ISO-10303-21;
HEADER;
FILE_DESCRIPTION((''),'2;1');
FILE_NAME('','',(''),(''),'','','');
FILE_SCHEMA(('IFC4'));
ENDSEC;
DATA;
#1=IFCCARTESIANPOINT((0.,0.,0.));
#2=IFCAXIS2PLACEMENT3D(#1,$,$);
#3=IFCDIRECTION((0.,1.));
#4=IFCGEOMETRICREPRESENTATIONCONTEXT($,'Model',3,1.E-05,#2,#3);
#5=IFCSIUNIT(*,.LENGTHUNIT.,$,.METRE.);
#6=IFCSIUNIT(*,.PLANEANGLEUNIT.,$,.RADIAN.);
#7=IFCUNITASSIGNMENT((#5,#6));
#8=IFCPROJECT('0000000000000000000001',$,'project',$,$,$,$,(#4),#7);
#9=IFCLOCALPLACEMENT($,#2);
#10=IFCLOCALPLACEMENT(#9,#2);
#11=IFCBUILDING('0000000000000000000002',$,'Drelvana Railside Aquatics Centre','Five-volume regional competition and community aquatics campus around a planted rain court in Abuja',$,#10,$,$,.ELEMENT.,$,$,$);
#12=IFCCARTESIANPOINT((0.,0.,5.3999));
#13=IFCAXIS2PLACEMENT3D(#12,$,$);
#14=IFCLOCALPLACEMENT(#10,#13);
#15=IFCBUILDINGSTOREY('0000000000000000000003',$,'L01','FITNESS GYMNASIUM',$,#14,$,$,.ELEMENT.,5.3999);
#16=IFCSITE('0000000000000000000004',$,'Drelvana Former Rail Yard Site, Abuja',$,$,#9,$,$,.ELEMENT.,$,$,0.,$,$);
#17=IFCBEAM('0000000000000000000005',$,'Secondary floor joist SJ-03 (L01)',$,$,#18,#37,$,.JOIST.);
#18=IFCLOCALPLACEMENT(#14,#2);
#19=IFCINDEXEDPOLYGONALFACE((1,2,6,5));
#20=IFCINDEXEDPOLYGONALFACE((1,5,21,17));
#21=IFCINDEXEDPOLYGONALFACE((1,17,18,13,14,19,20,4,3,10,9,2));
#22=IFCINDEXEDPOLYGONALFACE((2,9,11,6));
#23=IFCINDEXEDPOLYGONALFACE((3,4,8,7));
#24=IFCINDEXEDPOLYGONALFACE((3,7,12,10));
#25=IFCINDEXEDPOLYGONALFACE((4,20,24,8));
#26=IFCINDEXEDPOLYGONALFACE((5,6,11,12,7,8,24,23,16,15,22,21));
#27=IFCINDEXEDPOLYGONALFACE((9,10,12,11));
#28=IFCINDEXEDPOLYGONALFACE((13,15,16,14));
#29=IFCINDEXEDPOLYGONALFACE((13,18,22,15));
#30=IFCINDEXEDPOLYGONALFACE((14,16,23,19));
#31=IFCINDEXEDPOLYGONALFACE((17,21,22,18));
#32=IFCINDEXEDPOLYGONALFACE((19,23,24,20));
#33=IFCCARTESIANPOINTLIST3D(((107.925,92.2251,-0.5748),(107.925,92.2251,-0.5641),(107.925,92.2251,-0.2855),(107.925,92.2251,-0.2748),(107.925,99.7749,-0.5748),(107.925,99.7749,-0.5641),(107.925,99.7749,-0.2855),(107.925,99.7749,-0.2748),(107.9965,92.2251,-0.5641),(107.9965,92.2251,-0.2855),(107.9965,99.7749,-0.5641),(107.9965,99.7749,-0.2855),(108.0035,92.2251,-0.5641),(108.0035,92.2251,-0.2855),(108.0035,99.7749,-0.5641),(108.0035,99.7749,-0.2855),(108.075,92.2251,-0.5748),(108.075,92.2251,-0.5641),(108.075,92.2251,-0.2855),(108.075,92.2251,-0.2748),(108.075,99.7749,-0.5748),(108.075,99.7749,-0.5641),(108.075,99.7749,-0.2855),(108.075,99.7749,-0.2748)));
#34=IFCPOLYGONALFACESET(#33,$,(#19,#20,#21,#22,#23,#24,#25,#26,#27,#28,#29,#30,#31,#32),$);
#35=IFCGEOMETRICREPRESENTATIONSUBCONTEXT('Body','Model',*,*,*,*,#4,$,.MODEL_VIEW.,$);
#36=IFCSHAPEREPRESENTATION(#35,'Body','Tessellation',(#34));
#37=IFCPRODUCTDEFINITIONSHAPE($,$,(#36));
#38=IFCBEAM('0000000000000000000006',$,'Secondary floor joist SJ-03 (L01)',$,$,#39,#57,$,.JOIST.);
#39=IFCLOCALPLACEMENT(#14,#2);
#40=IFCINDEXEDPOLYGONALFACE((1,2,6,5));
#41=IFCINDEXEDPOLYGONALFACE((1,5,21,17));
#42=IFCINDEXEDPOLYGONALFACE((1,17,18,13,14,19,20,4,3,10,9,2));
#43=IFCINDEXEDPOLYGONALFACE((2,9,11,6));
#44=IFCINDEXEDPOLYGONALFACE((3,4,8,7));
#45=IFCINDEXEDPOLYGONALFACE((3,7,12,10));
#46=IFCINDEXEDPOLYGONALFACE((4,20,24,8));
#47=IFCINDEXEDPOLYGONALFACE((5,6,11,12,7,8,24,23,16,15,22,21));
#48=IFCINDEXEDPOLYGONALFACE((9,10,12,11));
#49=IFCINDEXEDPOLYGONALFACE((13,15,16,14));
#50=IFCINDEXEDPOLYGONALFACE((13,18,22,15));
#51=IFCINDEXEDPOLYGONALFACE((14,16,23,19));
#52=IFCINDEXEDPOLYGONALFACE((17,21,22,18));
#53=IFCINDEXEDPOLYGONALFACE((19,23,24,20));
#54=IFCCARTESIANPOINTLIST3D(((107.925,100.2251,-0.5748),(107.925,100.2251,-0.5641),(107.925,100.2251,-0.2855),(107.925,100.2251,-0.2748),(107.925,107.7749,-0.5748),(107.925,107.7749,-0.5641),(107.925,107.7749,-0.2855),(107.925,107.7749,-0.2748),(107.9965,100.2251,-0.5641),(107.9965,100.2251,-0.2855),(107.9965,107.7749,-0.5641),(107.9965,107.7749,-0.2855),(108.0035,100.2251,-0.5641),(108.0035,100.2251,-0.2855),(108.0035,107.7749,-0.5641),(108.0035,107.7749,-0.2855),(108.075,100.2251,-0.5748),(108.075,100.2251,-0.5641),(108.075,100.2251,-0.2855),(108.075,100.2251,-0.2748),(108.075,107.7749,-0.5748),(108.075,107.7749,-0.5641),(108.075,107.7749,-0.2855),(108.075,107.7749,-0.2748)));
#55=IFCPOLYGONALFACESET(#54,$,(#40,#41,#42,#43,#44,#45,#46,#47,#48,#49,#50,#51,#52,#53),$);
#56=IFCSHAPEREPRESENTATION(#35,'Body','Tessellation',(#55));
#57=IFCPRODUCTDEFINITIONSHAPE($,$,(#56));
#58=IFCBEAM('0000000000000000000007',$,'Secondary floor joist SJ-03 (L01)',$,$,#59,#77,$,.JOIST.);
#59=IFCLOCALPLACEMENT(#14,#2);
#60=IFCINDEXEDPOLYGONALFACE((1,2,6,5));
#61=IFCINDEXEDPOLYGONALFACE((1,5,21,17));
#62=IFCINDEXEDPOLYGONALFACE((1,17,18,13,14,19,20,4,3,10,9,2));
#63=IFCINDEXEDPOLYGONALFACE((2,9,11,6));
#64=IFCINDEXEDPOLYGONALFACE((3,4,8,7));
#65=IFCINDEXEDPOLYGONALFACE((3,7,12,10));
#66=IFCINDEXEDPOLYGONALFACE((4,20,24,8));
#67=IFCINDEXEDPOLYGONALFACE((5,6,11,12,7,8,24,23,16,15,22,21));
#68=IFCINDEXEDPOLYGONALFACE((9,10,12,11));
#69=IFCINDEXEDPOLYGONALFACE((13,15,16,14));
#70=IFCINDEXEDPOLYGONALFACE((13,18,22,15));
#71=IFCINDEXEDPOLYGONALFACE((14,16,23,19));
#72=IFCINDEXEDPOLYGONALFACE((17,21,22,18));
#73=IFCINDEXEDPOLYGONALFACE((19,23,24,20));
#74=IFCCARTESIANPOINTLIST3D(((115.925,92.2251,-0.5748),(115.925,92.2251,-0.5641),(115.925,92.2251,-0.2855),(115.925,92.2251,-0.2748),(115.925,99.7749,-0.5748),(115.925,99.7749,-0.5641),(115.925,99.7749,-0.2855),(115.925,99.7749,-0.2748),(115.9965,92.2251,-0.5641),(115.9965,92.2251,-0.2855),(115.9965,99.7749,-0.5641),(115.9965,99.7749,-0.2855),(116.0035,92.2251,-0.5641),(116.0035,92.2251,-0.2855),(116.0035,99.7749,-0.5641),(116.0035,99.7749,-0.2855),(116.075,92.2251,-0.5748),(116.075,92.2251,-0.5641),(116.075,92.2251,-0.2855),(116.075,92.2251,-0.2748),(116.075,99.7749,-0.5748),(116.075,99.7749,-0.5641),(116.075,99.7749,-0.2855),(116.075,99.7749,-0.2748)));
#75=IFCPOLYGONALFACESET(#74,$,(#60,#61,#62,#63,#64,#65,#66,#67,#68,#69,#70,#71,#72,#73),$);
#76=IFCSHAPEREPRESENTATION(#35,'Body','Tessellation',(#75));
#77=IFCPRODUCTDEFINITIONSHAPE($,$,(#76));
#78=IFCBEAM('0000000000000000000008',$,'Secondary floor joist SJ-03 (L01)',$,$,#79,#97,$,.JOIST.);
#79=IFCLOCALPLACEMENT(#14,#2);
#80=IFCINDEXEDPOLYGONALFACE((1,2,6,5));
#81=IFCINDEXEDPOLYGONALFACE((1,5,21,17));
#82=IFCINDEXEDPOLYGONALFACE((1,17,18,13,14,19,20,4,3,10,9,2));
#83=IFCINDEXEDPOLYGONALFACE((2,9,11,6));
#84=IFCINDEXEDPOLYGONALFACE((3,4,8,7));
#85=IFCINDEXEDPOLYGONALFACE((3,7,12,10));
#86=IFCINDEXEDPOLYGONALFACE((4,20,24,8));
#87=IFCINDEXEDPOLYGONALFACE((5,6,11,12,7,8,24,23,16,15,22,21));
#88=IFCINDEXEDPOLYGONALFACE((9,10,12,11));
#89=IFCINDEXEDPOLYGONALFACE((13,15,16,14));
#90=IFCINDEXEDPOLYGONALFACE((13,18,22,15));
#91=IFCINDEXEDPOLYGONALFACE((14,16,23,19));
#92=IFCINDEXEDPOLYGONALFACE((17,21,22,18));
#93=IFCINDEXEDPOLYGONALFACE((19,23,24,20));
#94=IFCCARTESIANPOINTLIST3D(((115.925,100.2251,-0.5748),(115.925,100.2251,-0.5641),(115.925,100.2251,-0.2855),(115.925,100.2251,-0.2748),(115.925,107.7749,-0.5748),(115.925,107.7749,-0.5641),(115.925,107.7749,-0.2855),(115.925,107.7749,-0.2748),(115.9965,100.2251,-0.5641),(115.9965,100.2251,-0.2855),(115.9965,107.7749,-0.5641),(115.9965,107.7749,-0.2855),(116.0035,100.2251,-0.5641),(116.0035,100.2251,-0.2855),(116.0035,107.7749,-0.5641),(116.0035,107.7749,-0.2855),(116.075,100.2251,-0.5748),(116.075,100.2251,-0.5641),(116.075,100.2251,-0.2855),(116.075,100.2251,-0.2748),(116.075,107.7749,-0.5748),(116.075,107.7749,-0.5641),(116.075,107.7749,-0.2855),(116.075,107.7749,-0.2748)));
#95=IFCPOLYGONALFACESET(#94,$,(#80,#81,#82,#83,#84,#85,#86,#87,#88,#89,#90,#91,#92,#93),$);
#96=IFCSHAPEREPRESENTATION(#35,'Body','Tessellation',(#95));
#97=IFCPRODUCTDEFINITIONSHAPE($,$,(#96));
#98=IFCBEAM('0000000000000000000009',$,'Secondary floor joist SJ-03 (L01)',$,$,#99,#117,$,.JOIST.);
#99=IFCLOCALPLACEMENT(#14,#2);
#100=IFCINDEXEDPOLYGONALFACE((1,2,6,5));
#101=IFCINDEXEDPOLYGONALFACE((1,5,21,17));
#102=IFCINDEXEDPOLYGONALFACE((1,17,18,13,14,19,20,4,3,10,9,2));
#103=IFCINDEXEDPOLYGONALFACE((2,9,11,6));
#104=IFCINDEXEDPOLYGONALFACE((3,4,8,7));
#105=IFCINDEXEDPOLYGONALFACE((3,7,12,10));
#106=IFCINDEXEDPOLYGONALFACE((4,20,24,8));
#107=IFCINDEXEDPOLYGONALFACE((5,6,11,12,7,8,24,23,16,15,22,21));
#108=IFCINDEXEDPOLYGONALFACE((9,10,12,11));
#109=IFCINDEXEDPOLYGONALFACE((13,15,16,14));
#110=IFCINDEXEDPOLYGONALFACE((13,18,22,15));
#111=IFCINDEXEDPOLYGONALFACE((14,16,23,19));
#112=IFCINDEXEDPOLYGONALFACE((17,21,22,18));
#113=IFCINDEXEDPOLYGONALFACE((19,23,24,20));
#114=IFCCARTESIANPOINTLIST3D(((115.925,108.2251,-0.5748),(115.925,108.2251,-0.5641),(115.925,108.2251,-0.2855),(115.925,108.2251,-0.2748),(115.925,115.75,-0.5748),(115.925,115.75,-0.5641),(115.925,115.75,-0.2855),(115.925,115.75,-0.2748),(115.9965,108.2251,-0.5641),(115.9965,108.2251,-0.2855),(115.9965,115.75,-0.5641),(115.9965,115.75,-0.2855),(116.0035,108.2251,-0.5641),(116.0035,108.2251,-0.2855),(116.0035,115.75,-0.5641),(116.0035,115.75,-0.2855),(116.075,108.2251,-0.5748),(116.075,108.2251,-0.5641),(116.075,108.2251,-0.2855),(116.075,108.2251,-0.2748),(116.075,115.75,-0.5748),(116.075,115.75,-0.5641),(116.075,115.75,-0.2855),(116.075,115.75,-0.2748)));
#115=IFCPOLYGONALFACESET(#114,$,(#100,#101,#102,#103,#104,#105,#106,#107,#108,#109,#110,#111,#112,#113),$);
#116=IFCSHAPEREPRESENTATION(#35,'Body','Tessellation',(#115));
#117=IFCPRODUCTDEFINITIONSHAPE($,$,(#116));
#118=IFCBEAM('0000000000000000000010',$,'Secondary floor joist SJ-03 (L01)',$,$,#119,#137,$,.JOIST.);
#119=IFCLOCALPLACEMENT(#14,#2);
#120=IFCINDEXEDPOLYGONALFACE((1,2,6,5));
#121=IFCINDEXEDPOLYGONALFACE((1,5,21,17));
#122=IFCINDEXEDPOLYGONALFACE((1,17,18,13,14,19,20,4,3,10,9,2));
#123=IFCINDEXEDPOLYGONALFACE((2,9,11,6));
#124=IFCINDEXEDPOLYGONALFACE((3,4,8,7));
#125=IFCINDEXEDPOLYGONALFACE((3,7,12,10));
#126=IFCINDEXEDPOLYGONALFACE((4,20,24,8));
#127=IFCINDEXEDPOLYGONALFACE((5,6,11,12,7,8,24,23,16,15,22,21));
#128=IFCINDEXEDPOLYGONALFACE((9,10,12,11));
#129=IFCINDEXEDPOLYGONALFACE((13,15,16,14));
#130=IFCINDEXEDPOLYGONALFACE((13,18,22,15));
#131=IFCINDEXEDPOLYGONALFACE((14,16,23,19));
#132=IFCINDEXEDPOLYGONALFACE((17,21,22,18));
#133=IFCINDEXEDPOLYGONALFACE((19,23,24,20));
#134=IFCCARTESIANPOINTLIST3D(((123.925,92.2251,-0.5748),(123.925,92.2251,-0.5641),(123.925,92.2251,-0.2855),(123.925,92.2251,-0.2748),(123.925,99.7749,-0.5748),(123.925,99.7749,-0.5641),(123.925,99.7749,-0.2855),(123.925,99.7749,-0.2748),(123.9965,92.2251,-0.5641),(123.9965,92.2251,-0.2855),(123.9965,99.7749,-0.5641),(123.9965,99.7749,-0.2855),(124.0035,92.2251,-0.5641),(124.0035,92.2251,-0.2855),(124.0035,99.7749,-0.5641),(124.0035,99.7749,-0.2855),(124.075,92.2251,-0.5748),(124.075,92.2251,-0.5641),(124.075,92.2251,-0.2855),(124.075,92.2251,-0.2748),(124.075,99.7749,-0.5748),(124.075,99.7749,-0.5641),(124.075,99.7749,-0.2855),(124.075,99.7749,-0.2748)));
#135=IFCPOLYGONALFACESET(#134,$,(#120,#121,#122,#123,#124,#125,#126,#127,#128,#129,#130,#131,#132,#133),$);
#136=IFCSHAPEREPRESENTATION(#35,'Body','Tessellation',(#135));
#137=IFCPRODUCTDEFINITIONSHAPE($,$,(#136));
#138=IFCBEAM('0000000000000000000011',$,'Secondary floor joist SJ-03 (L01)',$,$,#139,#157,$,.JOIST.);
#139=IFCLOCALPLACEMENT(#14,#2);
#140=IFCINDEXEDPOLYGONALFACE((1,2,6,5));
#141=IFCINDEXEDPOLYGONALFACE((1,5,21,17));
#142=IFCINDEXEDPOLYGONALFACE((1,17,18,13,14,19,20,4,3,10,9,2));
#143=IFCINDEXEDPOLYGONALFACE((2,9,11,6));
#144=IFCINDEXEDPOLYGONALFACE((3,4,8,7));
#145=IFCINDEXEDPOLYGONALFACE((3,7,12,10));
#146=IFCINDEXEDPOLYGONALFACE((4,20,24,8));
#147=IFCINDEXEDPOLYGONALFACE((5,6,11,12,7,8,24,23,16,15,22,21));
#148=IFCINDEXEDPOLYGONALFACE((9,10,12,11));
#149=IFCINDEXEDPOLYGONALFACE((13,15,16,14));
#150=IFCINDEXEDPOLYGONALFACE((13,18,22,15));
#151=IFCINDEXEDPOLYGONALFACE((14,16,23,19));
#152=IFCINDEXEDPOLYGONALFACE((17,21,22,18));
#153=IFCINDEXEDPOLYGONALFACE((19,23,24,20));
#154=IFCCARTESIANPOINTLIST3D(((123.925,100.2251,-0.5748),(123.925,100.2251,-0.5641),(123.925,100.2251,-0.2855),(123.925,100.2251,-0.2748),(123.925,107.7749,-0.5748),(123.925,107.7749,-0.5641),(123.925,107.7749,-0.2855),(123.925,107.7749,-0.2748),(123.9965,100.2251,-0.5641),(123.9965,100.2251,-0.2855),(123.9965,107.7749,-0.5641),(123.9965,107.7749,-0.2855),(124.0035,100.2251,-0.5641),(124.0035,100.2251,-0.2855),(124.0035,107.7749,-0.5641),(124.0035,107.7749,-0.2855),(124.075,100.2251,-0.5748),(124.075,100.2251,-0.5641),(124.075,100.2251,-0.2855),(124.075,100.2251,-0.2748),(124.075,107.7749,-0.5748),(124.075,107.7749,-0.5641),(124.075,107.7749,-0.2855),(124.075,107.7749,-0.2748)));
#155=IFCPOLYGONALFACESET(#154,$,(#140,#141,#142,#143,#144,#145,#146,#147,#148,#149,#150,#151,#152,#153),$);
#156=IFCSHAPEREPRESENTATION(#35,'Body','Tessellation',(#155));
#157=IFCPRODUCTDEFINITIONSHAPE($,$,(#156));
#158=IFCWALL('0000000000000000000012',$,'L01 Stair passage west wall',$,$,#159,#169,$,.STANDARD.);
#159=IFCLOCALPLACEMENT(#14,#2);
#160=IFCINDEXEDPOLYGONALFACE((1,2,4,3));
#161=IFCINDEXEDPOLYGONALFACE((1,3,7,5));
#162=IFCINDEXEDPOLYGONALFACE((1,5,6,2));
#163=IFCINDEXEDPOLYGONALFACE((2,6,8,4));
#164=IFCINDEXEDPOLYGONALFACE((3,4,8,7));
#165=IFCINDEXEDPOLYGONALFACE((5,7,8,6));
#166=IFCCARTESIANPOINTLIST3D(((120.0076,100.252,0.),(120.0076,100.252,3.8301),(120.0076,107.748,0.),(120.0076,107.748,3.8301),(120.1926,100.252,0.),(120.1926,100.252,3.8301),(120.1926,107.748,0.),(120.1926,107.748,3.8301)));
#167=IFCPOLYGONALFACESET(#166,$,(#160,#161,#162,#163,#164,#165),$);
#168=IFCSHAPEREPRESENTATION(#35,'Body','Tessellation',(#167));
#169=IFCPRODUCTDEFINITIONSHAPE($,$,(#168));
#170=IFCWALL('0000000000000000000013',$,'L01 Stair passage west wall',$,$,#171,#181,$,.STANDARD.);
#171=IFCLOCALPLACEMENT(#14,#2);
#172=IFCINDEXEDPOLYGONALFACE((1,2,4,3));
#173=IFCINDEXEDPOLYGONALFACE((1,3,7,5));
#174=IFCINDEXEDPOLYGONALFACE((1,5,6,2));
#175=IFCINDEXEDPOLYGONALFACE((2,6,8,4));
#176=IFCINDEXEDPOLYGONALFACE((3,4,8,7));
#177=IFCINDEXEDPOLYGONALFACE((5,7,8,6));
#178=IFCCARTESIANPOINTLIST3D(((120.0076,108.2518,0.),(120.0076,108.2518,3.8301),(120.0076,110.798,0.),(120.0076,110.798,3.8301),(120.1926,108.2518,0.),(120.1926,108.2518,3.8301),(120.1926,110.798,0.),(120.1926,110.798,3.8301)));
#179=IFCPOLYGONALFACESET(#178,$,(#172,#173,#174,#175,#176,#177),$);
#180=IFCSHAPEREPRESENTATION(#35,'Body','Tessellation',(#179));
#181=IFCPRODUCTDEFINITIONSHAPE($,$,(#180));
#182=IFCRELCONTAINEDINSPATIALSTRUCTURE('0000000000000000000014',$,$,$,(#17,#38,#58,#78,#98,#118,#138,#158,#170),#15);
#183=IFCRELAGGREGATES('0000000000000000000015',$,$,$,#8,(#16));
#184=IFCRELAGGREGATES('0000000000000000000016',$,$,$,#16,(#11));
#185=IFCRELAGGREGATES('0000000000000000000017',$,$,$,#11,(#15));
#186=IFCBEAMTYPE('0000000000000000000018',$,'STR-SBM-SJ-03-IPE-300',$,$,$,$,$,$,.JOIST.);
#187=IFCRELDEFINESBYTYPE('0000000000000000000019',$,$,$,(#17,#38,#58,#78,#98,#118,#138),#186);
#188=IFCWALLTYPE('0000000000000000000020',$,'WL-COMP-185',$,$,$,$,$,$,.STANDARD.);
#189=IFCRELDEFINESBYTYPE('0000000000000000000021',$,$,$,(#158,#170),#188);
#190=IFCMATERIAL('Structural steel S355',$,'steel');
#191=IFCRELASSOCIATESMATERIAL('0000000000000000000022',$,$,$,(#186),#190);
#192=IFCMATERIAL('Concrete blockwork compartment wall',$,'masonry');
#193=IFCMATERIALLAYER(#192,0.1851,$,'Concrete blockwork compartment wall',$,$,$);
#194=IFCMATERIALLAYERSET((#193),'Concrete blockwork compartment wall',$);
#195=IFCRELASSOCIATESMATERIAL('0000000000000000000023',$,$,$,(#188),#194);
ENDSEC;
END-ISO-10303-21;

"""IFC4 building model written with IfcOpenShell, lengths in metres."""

from ifc_helpers import new_model, si_unit, direction, frame, frame_2d, origin, origin_2d, place, context, subcontext, project, spatial, rectangle, i_section, extrude, material, layer, layer_set, material_profile, profile_set, type_object, element, save


model = new_model("IFC4")

# Units and contexts
model_context = context("Model", 3, precision=1e-05, world=origin(), true_north=direction((0.0, 1.0)))
body_context = subcontext(model_context, "Body", "Model", "MODEL_VIEW")
ifc_project = project(units=[si_unit("LENGTHUNIT", "METRE"), si_unit("PLANEANGLEUNIT", "RADIAN")], contexts=[model_context])

# Site, building, storey
site_placement = place(None, origin())
site = spatial("IfcSite", under=ifc_project, at=site_placement, Name="Drelvana Former Rail Yard Site, Abuja", CompositionType="ELEMENT", RefElevation=0.0)
building_placement = place(site_placement, origin())
building = spatial("IfcBuilding", under=site, at=building_placement, Name="Drelvana Railside Aquatics Centre", Description="Five-volume regional competition and community aquatics campus around a planted rain court in Abuja", CompositionType="ELEMENT")
storey_placement = place(building_placement, frame((0.0, 0.0, 5.3999)))
storey = spatial("IfcBuildingStorey", under=building, at=storey_placement, Name="L01", Description="FITNESS GYMNASIUM", CompositionType="ELEMENT", Elevation=5.3999)

# Beams
ifc_material_1 = material(Name="Structural steel S355", Category="steel")
ifc_material_profile_1 = material_profile(ifc_material_1, i_section(OverallWidth=0.1499, OverallDepth=0.3, WebThickness=0.0071, FlangeThickness=0.0107, at=origin_2d()), Name="IPE 300")
ifc_profile_set_1 = profile_set([ifc_material_profile_1], Name="Structural steel S355")
beam_type_1 = type_object("IfcBeamType", Name="STR-SBM-SJ-03-IPE-300", PredefinedType="JOIST", material=ifc_profile_set_1)
for number, where, z_axis, x_axis, name in (
    (1, (108.0, 92.2251, -0.4248), (0.0, 1.0, 0.0), (-1.0, 0.0, 0.0), "Secondary floor joist SJ-03 (L01)"),
    (2, (108.0, 100.2251, -0.4248), (0.0, 1.0, 0.0), (-1.0, 0.0, 0.0), "Secondary floor joist SJ-03 (L01)"),
    (3, (116.0, 92.2251, -0.4248), (0.0, 1.0, 0.0), (-1.0, 0.0, 0.0), "Secondary floor joist SJ-03 (L01)"),
    (4, (116.0, 100.2251, -0.4248), (0.0, 1.0, 0.0), (-1.0, 0.0, 0.0), "Secondary floor joist SJ-03 (L01)"),
):
    element("IfcBeam", number, at=place(storey_placement, frame(where, z_axis=z_axis, x_axis=x_axis)), inside=storey, type_object=beam_type_1, Name=name, PredefinedType="JOIST", context=body_context, shape_type="SweptSolid", body=[
        extrude(i_section(OverallWidth=0.1499, OverallDepth=0.3, WebThickness=0.0071, FlangeThickness=0.0107, at=origin_2d()), origin(), (0.0, 0.0, 1.0), 7.5498),
    ])
beam_placement = place(storey_placement, frame((116.0, 108.2251, -0.4248), z_axis=(0.0, 1.0, 0.0), x_axis=(-1.0, 0.0, 0.0)))
element("IfcBeam", 5, at=beam_placement, inside=storey, type_object=beam_type_1, Name="Secondary floor joist SJ-03 (L01)", PredefinedType="JOIST", context=body_context, shape_type="SweptSolid", body=[
    extrude(i_section(OverallWidth=0.1499, OverallDepth=0.3, WebThickness=0.0071, FlangeThickness=0.0107, at=origin_2d()), origin(), (0.0, 0.0, 1.0), 7.5249),
])
for number, where, z_axis, x_axis, name in (
    (6, (124.0, 92.2251, -0.4248), (0.0, 1.0, 0.0), (-1.0, 0.0, 0.0), "Secondary floor joist SJ-03 (L01)"),
    (7, (124.0, 100.2251, -0.4248), (0.0, 1.0, 0.0), (-1.0, 0.0, 0.0), "Secondary floor joist SJ-03 (L01)"),
):
    element("IfcBeam", number, at=place(storey_placement, frame(where, z_axis=z_axis, x_axis=x_axis)), inside=storey, type_object=beam_type_1, Name=name, PredefinedType="JOIST", context=body_context, shape_type="SweptSolid", body=[
        extrude(i_section(OverallWidth=0.1499, OverallDepth=0.3, WebThickness=0.0071, FlangeThickness=0.0107, at=origin_2d()), origin(), (0.0, 0.0, 1.0), 7.5498),
    ])

# Walls
ifc_material_2 = material(Name="Concrete blockwork compartment wall", Category="masonry")
ifc_layer_1 = layer(ifc_material_2, 0.1851, Name="Concrete blockwork compartment wall")
ifc_layer_set_1 = layer_set([ifc_layer_1], Name="Concrete blockwork compartment wall")
wall_type_1 = type_object("IfcWallType", Name="WL-COMP-185", PredefinedType="STANDARD", material=ifc_layer_set_1)
wall_1_placement = place(storey_placement, frame((120.1001, 100.252, 0.0), z_axis=(0.0, 0.0, 1.0), x_axis=(0.0, 1.0, 0.0)))
element("IfcWall", 8, at=wall_1_placement, inside=storey, type_object=wall_type_1, Name="L01 Stair passage west wall", PredefinedType="STANDARD", context=body_context, shape_type="SweptSolid", body=[
    extrude(rectangle(XDim=7.4961, YDim=0.1851, at=frame_2d((3.748, 0.0))), origin(), (0.0, 0.0, 1.0), 3.8301),
])
wall_2_placement = place(storey_placement, frame((120.1001, 108.252, 0.0), z_axis=(0.0, 0.0, 1.0), x_axis=(0.0, 1.0, 0.0)))
element("IfcWall", 9, at=wall_2_placement, inside=storey, type_object=wall_type_1, Name="L01 Stair passage west wall", PredefinedType="STANDARD", context=body_context, shape_type="SweptSolid", body=[
    extrude(rectangle(XDim=2.5461, YDim=0.1851, at=frame_2d((1.2729, 0.0))), origin(), (0.0, 0.0, 1.0), 3.8301),
])

save(model, "model.ifc")
